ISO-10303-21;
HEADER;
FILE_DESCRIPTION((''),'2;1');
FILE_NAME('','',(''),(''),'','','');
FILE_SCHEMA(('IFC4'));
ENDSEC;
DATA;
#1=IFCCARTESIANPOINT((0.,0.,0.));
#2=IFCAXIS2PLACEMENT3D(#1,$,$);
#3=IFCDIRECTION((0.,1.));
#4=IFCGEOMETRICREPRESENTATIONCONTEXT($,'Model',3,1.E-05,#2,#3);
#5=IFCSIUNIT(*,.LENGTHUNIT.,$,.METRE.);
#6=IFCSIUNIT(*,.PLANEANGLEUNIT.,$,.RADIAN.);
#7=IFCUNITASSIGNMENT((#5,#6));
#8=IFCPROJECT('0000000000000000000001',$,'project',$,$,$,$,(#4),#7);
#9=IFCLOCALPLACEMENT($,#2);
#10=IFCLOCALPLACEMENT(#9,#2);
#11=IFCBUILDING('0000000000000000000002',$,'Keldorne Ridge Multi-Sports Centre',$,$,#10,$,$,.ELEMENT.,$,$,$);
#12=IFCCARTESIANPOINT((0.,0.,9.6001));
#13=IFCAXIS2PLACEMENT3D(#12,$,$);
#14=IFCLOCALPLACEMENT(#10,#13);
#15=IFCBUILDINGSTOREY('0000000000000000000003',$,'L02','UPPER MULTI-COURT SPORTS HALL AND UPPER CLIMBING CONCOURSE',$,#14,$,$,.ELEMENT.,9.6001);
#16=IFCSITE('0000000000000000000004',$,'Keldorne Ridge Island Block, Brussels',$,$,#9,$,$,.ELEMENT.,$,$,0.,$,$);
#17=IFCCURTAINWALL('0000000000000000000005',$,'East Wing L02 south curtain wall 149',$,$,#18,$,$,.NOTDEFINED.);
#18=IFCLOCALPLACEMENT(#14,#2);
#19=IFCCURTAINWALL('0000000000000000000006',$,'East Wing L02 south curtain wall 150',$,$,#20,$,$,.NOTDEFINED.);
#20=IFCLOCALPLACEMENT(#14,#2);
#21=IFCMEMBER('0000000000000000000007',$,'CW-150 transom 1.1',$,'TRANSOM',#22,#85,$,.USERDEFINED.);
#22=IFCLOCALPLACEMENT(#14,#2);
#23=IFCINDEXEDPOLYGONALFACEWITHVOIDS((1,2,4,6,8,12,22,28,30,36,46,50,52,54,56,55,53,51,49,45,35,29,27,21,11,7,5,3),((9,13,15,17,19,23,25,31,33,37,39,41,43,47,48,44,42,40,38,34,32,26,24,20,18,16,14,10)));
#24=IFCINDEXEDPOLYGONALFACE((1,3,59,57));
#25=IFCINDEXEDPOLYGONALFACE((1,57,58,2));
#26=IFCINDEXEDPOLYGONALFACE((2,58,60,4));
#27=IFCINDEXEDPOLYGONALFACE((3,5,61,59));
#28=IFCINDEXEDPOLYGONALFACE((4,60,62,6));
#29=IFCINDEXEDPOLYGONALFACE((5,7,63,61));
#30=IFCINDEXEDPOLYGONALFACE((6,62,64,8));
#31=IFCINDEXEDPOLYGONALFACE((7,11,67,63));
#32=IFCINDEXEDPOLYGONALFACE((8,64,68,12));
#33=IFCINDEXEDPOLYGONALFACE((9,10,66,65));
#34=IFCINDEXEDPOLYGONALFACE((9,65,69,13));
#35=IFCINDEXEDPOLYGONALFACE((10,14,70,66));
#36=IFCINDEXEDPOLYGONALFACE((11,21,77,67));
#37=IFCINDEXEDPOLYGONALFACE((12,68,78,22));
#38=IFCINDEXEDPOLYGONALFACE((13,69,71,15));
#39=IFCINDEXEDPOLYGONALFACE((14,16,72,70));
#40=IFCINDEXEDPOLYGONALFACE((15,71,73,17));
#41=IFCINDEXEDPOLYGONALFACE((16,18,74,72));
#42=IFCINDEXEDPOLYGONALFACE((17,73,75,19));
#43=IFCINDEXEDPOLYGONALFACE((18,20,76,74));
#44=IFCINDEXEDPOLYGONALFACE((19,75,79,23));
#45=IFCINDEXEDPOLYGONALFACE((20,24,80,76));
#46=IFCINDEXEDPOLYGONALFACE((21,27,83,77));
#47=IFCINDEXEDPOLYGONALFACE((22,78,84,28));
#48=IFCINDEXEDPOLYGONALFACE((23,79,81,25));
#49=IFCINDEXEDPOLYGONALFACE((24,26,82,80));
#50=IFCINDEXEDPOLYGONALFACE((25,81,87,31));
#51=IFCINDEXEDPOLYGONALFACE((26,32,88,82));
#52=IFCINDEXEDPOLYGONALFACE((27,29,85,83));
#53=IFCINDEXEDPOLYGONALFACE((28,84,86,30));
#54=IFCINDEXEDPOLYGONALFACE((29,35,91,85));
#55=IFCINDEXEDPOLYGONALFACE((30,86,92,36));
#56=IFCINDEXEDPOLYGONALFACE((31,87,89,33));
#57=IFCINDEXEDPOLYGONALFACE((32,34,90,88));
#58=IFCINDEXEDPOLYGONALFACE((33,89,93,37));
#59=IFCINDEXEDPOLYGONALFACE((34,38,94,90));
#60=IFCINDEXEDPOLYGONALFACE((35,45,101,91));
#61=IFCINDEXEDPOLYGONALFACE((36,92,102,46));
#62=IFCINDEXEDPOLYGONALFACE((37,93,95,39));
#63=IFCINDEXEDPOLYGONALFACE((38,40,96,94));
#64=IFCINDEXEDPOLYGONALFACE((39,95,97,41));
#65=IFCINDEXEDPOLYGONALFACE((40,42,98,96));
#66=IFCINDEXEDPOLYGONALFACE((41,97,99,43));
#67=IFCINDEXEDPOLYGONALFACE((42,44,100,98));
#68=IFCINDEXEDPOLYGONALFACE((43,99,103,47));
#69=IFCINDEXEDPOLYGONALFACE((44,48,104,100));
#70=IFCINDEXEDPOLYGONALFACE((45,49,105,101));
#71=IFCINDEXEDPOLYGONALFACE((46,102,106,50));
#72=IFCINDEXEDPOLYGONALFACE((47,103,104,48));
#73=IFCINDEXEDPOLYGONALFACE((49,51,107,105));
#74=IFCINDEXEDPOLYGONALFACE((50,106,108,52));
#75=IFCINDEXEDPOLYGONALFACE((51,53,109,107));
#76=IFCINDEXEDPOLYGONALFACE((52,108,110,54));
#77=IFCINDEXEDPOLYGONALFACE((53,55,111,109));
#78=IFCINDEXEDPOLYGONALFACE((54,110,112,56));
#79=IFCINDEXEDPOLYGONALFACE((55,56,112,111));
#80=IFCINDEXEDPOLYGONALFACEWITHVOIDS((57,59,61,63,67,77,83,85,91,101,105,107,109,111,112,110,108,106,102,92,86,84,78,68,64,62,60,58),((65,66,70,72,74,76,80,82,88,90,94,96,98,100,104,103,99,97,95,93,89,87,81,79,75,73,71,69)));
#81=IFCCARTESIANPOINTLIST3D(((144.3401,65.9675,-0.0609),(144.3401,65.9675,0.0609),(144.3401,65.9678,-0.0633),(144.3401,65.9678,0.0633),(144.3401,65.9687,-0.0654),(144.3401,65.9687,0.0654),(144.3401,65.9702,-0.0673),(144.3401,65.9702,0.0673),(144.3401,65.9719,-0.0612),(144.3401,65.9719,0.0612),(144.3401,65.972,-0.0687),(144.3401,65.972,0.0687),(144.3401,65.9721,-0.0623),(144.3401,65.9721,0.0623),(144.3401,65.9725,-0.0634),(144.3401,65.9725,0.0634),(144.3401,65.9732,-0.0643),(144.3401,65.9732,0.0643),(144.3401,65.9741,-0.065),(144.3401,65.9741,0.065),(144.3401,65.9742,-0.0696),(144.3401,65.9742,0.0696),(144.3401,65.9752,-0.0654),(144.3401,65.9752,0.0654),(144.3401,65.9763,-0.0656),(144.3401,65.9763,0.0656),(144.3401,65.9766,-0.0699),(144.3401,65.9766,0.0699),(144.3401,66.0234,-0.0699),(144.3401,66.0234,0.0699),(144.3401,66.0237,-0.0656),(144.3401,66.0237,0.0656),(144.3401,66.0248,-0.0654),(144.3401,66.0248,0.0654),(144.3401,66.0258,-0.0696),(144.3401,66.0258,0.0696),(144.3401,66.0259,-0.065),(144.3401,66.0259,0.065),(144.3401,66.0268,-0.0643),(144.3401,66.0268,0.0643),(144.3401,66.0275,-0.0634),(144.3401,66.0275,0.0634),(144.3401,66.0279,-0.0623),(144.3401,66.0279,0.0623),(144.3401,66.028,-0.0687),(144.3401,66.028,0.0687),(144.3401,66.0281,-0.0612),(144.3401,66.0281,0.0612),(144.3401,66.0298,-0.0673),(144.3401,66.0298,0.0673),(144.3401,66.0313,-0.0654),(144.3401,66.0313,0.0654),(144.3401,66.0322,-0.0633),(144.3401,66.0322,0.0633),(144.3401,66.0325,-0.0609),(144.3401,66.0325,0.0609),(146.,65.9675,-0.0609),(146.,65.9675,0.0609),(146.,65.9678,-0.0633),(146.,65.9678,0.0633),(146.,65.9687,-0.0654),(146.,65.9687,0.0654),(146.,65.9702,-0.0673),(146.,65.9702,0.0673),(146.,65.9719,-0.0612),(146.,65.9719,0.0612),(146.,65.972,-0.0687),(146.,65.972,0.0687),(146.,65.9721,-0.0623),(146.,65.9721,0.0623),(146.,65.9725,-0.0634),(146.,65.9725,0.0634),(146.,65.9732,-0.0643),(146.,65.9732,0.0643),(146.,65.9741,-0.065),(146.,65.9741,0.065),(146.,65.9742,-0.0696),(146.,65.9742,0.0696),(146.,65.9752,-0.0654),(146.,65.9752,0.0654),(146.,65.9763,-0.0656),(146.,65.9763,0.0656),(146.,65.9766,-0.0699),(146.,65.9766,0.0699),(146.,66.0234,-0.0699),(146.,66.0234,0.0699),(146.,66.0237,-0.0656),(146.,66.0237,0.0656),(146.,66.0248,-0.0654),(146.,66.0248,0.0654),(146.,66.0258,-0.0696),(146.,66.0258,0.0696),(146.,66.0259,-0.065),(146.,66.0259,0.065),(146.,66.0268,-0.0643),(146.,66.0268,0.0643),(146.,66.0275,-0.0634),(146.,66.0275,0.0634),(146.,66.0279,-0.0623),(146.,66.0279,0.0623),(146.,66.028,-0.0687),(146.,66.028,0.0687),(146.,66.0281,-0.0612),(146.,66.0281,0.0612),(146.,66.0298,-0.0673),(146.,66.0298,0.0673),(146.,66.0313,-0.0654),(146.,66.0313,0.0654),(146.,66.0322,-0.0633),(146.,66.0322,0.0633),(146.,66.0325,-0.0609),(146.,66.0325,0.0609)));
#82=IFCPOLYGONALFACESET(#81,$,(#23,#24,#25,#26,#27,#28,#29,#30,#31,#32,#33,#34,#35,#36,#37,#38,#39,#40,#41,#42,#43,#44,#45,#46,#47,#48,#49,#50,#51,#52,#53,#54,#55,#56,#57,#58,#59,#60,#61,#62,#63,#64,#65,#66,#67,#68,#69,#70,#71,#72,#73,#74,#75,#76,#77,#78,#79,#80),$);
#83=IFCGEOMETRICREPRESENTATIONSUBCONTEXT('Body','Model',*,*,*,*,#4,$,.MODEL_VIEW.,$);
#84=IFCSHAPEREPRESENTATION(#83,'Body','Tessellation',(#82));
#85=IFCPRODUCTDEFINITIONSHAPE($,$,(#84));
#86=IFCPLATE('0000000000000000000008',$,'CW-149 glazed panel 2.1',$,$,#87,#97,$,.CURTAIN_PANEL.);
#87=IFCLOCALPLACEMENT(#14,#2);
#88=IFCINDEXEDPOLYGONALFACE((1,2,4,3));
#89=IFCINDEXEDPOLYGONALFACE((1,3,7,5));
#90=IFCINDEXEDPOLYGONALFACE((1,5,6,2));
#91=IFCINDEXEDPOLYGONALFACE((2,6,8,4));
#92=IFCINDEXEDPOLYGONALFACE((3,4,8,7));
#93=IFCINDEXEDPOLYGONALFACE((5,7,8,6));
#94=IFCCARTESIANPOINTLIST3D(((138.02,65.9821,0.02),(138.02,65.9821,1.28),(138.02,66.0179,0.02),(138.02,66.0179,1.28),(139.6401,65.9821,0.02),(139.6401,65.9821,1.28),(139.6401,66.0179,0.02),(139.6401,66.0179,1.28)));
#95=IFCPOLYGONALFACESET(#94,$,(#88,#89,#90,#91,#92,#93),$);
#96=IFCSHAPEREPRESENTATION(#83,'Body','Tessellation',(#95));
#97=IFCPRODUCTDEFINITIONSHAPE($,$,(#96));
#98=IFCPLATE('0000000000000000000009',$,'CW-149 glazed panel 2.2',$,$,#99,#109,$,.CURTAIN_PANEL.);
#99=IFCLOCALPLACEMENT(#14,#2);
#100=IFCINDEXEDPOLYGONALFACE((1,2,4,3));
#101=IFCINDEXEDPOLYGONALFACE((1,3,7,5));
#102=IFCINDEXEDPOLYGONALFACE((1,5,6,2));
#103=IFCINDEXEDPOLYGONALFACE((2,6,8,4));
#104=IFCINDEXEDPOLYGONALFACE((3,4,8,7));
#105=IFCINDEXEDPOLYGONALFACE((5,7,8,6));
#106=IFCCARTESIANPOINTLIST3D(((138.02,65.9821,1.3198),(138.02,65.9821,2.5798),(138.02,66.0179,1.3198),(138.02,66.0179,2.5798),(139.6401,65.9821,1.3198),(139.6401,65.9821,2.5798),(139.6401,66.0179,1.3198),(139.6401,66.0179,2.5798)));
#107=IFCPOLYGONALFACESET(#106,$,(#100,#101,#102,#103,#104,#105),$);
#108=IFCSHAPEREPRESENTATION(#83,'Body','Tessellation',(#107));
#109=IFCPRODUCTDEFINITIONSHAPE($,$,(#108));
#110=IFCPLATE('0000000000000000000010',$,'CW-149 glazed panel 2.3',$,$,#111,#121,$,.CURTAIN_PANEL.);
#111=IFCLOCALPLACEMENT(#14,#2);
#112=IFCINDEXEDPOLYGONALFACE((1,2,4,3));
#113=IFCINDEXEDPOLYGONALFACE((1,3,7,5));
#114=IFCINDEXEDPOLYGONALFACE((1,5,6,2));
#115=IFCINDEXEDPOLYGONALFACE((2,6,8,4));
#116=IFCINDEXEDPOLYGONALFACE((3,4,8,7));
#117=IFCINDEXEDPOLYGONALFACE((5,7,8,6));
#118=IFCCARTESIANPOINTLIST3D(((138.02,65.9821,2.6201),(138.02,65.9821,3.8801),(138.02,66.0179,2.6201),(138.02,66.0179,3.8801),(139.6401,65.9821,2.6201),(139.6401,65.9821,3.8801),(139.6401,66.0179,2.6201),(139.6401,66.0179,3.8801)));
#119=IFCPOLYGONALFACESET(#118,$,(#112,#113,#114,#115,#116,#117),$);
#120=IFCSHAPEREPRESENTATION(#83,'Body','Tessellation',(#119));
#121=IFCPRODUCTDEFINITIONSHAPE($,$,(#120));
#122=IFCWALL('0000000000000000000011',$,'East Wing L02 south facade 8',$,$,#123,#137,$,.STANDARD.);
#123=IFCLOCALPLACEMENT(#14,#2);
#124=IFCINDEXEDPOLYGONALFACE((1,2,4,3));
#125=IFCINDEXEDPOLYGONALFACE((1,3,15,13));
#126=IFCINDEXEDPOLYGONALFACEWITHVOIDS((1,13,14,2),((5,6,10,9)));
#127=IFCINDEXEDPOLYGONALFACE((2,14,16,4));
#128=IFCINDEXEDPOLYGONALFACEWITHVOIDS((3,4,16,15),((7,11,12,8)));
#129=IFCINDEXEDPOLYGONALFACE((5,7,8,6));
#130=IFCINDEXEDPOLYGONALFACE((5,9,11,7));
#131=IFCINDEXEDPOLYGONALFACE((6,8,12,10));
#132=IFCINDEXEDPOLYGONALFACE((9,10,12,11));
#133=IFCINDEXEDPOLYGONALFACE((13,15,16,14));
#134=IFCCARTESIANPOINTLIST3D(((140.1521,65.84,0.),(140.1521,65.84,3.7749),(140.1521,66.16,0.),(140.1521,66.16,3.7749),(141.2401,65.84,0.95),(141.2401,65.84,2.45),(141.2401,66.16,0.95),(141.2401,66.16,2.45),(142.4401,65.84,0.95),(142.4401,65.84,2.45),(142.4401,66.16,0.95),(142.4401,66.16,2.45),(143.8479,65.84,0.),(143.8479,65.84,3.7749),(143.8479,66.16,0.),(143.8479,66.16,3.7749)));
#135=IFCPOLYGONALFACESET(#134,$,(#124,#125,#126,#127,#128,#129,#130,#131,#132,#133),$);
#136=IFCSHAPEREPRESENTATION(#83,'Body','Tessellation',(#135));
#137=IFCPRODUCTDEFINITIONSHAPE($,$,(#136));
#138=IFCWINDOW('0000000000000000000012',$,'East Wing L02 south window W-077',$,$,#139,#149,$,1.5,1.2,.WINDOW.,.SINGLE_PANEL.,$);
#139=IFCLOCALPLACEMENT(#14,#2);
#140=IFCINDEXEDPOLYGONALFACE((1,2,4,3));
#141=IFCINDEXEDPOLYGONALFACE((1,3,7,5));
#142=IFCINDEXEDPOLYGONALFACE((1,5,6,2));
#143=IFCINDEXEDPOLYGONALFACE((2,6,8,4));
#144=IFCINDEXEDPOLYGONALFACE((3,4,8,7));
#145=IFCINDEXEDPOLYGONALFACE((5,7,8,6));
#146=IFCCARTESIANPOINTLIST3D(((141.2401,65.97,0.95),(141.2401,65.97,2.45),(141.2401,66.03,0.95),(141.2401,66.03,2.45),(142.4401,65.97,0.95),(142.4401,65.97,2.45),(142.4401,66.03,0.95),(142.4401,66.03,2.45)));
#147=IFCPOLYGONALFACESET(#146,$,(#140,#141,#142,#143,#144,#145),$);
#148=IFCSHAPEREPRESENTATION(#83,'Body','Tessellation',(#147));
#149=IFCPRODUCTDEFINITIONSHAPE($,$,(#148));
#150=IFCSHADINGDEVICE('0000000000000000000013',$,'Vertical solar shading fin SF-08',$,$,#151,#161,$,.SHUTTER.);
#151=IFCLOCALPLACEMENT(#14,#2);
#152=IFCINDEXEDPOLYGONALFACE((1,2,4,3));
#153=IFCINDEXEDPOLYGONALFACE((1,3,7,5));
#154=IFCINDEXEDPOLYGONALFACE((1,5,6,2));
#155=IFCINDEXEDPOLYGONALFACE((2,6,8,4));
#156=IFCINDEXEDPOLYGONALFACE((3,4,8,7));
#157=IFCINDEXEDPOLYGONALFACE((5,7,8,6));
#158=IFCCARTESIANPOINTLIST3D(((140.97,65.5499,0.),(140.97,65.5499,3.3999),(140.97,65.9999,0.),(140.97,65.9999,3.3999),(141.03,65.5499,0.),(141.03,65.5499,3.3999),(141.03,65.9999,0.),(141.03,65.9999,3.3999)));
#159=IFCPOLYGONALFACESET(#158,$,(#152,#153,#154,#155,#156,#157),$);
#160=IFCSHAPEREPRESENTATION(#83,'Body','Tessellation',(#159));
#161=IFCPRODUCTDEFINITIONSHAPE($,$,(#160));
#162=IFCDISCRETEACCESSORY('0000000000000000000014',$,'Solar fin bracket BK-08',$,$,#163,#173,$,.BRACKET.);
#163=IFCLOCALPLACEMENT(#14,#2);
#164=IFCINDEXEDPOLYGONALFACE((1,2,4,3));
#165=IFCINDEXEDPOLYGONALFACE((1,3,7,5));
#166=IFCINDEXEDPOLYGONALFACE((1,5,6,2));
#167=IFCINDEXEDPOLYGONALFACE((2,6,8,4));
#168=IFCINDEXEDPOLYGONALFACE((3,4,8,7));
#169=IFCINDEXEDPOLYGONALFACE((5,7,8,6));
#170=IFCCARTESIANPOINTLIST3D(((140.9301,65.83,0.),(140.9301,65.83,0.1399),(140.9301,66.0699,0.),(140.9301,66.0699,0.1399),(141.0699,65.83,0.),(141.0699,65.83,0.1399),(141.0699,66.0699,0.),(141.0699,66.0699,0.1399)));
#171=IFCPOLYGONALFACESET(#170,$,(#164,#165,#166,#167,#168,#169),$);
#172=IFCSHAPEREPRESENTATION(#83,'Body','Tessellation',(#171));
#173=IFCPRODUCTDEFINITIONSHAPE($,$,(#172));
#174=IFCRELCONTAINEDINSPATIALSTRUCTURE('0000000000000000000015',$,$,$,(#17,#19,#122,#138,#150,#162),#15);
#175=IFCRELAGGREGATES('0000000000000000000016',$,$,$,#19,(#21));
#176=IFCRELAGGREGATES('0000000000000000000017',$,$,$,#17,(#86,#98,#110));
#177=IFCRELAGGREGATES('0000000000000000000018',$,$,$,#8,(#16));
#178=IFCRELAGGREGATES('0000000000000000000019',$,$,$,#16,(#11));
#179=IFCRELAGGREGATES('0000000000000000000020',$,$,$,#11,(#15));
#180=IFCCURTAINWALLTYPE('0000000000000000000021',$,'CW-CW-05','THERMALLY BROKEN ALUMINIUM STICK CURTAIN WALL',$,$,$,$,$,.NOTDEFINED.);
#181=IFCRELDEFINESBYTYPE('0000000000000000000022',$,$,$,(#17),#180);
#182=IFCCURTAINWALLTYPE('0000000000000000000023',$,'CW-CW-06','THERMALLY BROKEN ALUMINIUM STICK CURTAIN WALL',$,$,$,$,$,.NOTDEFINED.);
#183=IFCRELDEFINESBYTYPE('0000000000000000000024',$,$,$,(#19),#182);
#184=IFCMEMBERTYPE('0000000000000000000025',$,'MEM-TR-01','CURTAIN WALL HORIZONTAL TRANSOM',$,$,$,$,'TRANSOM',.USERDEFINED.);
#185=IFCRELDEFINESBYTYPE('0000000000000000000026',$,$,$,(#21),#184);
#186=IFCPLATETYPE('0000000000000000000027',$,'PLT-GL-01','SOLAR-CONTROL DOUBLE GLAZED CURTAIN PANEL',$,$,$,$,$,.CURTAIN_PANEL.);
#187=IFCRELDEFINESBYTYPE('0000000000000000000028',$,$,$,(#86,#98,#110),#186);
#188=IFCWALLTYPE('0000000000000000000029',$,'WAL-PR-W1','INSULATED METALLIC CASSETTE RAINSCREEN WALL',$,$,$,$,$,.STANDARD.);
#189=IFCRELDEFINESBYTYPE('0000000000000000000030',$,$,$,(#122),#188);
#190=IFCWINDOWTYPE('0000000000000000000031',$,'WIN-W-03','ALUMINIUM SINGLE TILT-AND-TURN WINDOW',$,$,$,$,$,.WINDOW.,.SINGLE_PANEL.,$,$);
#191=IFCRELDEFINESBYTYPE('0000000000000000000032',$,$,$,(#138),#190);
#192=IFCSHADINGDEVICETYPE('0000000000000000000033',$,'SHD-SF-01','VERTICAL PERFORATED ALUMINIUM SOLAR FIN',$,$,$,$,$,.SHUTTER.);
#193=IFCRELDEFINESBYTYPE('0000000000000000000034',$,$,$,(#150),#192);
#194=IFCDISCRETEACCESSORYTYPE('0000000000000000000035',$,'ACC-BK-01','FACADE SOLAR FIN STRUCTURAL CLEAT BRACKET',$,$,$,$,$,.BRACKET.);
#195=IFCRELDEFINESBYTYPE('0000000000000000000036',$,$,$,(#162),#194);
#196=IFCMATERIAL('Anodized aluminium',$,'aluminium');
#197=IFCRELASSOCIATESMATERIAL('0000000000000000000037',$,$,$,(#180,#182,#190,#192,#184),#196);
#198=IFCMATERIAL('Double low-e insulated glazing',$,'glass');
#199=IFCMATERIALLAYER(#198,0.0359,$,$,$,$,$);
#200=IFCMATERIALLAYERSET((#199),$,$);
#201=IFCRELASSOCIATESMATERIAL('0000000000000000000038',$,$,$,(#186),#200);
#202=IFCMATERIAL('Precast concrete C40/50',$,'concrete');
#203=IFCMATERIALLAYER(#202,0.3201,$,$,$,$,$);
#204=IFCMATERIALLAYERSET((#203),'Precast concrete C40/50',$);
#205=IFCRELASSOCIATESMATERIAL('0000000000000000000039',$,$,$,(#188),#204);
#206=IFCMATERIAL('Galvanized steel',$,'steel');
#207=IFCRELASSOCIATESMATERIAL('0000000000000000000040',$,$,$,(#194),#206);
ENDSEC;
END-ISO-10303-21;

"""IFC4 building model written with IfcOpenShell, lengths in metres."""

from ifc_helpers import new_model, si_unit, direction, frame, frame_2d, origin, origin_2d, place, context, subcontext, project, spatial, rectangle, hollow_rectangle, extrude, material, layer, layer_set, material_profile, profile_set, type_object, element, fill, aggregate, save


model = new_model("IFC4")

# Units and contexts
model_context = context("Model", 3, precision=1e-05, world=origin(), true_north=direction((0.0, 1.0)))
body_context = subcontext(model_context, "Body", "Model", "MODEL_VIEW")
ifc_project = project(units=[si_unit("LENGTHUNIT", "METRE"), si_unit("PLANEANGLEUNIT", "RADIAN")], contexts=[model_context])

# Site, building, storey
site_placement = place(None, origin())
site = spatial("IfcSite", under=ifc_project, at=site_placement, Name="Keldorne Ridge Island Block, Brussels", CompositionType="ELEMENT", RefElevation=0.0)
building_placement = place(site_placement, origin())
building = spatial("IfcBuilding", under=site, at=building_placement, Name="Keldorne Ridge Multi-Sports Centre", CompositionType="ELEMENT")
storey_placement = place(building_placement, frame((0.0, 0.0, 9.6001)))
storey = spatial("IfcBuildingStorey", under=building, at=storey_placement, Name="L02", Description="UPPER MULTI-COURT SPORTS HALL AND UPPER CLIMBING CONCOURSE", CompositionType="ELEMENT", Elevation=9.6001)

# Curtain wall
ifc_material_1 = material(Name="Anodized aluminium", Category="aluminium")
curtain_wall_type_1 = type_object("IfcCurtainWallType", Name="CW-CW-05", Description="THERMALLY BROKEN ALUMINIUM STICK CURTAIN WALL", PredefinedType="NOTDEFINED", material=ifc_material_1)
curtain_wall_1_placement = place(storey_placement, origin())
curtain_wall_1 = element("IfcCurtainWall", 1, at=curtain_wall_1_placement, inside=storey, type_object=curtain_wall_type_1, Name="East Wing L02 south curtain wall 149", PredefinedType="NOTDEFINED")

# Curtain wall
curtain_wall_type_2 = type_object("IfcCurtainWallType", Name="CW-CW-06", Description="THERMALLY BROKEN ALUMINIUM STICK CURTAIN WALL", PredefinedType="NOTDEFINED", material=ifc_material_1)
curtain_wall_2_placement = place(storey_placement, origin())
curtain_wall_2 = element("IfcCurtainWall", 2, at=curtain_wall_2_placement, inside=storey, type_object=curtain_wall_type_2, Name="East Wing L02 south curtain wall 150", PredefinedType="NOTDEFINED")

# Shared definitions
ifc_material_profile_1 = material_profile(ifc_material_1, hollow_rectangle(XDim=0.0649, YDim=0.1399, WallThickness=0.0044, InnerFilletRadius=0.0044, OuterFilletRadius=0.009, at=origin_2d()), Name="ALU TRANSOM 140x65x4.5")
ifc_profile_set_1 = profile_set([ifc_material_profile_1], Name="Anodized aluminium")
member_type_1 = type_object("IfcMemberType", Name="MEM-TR-01", Description="CURTAIN WALL HORIZONTAL TRANSOM", ElementType="TRANSOM", PredefinedType="USERDEFINED", material=ifc_profile_set_1)

# Member
member_1_placement = place(storey_placement, frame((144.3401, 66.0, 0.0), z_axis=(1.0, 0.0, 0.0), x_axis=(0.0, 1.0, 0.0)))
member_1 = element("IfcMember", 3, at=member_1_placement, type_object=member_type_1, Name="CW-150 transom 1.1", ObjectType="TRANSOM", PredefinedType="USERDEFINED", context=body_context, shape_type="SweptSolid", body=[
    extrude(hollow_rectangle(XDim=0.0649, YDim=0.1399, WallThickness=0.0044, InnerFilletRadius=0.0044, OuterFilletRadius=0.009, at=origin_2d()), origin(), (0.0, 0.0, 1.0), 1.6599),
])
aggregate(curtain_wall_2, [member_1])

# Plates
ifc_material_2 = material(Name="Double low-e insulated glazing", Category="glass")
ifc_layer_1 = layer(ifc_material_2, 0.0359)
ifc_layer_set_1 = layer_set([ifc_layer_1])
plate_type = type_object("IfcPlateType", Name="PLT-GL-01", Description="SOLAR-CONTROL DOUBLE GLAZED CURTAIN PANEL", PredefinedType="CURTAIN_PANEL", material=ifc_layer_set_1)
plate_1_placement = place(storey_placement, frame((138.8301, 66.0, 0.02), z_axis=(0.0, 0.0, 1.0), x_axis=(1.0, 0.0, 0.0)))
plate_1 = element("IfcPlate", 4, at=plate_1_placement, type_object=plate_type, Name="CW-149 glazed panel 2.1", PredefinedType="CURTAIN_PANEL", context=body_context, shape_type="SweptSolid", body=[
    extrude(rectangle(XDim=1.6201, YDim=0.0359, at=origin_2d()), origin(), (0.0, 0.0, 1.0), 1.26),
])
plate_2_placement = place(storey_placement, frame((138.8301, 66.0, 1.3198), z_axis=(0.0, 0.0, 1.0), x_axis=(1.0, 0.0, 0.0)))
plate_2 = element("IfcPlate", 5, at=plate_2_placement, type_object=plate_type, Name="CW-149 glazed panel 2.2", PredefinedType="CURTAIN_PANEL", context=body_context, shape_type="SweptSolid", body=[
    extrude(rectangle(XDim=1.6201, YDim=0.0359, at=origin_2d()), origin(), (0.0, 0.0, 1.0), 1.26),
])
plate_3_placement = place(storey_placement, frame((138.8301, 66.0, 2.6201), z_axis=(0.0, 0.0, 1.0), x_axis=(1.0, 0.0, 0.0)))
plate_3 = element("IfcPlate", 6, at=plate_3_placement, type_object=plate_type, Name="CW-149 glazed panel 2.3", PredefinedType="CURTAIN_PANEL", context=body_context, shape_type="SweptSolid", body=[
    extrude(rectangle(XDim=1.6201, YDim=0.0359, at=origin_2d()), origin(), (0.0, 0.0, 1.0), 1.26),
])
aggregate(curtain_wall_1, [plate_1, plate_2, plate_3])

# Wall, opening, window
ifc_material_3 = material(Name="Precast concrete C40/50", Category="concrete")
ifc_layer_2 = layer(ifc_material_3, 0.3201)
ifc_layer_set_2 = layer_set([ifc_layer_2], Name="Precast concrete C40/50")
wall_type = type_object("IfcWallType", Name="WAL-PR-W1", Description="INSULATED METALLIC CASSETTE RAINSCREEN WALL", PredefinedType="STANDARD", material=ifc_layer_set_2)
wall_placement = place(storey_placement, frame((140.1521, 66.0, 0.0), z_axis=(0.0, 0.0, 1.0), x_axis=(1.0, 0.0, 0.0)))
wall = element("IfcWall", 7, at=wall_placement, inside=storey, type_object=wall_type, Name="East Wing L02 south facade 8", PredefinedType="STANDARD", context=body_context, shape_type="SweptSolid", body=[
    extrude(rectangle(XDim=3.6958, YDim=0.3201, at=frame_2d((1.8479, 0.0))), origin(), (0.0, 0.0, 1.0), 3.7749),
])
opening_placement = place(wall_placement, frame((1.0879, 0.0, 0.95)))
opening = element("IfcOpeningElement", 8, at=opening_placement, cuts=wall, PredefinedType="OPENING", context=body_context, shape_type="SweptSolid", body=[
    extrude(rectangle(XDim=1.2, YDim=1.5, at=frame_2d((0.6001, 0.75))), frame((0.0, 0.1699, 0.0), z_axis=(0.0, -1.0, 0.0), x_axis=(1.0, 0.0, 0.0)), (0.0, 0.0, 1.0), 0.3401),
])
window_type = type_object("IfcWindowType", Name="WIN-W-03", Description="ALUMINIUM SINGLE TILT-AND-TURN WINDOW", PartitioningType="SINGLE_PANEL", PredefinedType="WINDOW", material=ifc_material_1)
window_placement = place(opening_placement, origin())
window = element("IfcWindow", 9, at=window_placement, inside=storey, type_object=window_type, Name="East Wing L02 south window W-077", OverallHeight=1.5, OverallWidth=1.2, PartitioningType="SINGLE_PANEL", PredefinedType="WINDOW", context=body_context, shape_type="SweptSolid", body=[
    extrude(rectangle(XDim=1.2, YDim=1.5, at=frame_2d((0.6001, 0.75))), frame((0.0, 0.03, 0.0), z_axis=(0.0, -1.0, 0.0), x_axis=(1.0, 0.0, 0.0)), (0.0, 0.0, 1.0), 0.0601),
])
fill(opening, window)

# Shading device
shading_device_type = type_object("IfcShadingDeviceType", Name="SHD-SF-01", Description="VERTICAL PERFORATED ALUMINIUM SOLAR FIN", PredefinedType="SHUTTER", material=ifc_material_1)
shading_device_placement = place(storey_placement, frame((141.0, 65.7749, 0.0), z_axis=(0.0, 0.0, 1.0), x_axis=(1.0, 0.0, 0.0)))
element("IfcShadingDevice", 10, at=shading_device_placement, inside=storey, type_object=shading_device_type, Name="Vertical solar shading fin SF-08", PredefinedType="SHUTTER", context=body_context, shape_type="SweptSolid", body=[
    extrude(rectangle(XDim=0.0601, YDim=0.45, at=origin_2d()), origin(), (0.0, 0.0, 1.0), 3.3999),
])

# Discrete accessory
ifc_material_4 = material(Name="Galvanized steel", Category="steel")
discrete_accessory_type = type_object("IfcDiscreteAccessoryType", Name="ACC-BK-01", Description="FACADE SOLAR FIN STRUCTURAL CLEAT BRACKET", PredefinedType="BRACKET", material=ifc_material_4)
discrete_accessory_placement = place(storey_placement, frame((141.0, 65.95, 0.0), z_axis=(0.0, 0.0, 1.0), x_axis=(1.0, 0.0, 0.0)))
element("IfcDiscreteAccessory", 11, at=discrete_accessory_placement, inside=storey, type_object=discrete_accessory_type, Name="Solar fin bracket BK-08", PredefinedType="BRACKET", context=body_context, shape_type="SweptSolid", body=[
    extrude(rectangle(XDim=0.1399, YDim=0.24, at=origin_2d()), origin(), (0.0, 0.0, 1.0), 0.1399),
])

save(model, "model.ifc")
